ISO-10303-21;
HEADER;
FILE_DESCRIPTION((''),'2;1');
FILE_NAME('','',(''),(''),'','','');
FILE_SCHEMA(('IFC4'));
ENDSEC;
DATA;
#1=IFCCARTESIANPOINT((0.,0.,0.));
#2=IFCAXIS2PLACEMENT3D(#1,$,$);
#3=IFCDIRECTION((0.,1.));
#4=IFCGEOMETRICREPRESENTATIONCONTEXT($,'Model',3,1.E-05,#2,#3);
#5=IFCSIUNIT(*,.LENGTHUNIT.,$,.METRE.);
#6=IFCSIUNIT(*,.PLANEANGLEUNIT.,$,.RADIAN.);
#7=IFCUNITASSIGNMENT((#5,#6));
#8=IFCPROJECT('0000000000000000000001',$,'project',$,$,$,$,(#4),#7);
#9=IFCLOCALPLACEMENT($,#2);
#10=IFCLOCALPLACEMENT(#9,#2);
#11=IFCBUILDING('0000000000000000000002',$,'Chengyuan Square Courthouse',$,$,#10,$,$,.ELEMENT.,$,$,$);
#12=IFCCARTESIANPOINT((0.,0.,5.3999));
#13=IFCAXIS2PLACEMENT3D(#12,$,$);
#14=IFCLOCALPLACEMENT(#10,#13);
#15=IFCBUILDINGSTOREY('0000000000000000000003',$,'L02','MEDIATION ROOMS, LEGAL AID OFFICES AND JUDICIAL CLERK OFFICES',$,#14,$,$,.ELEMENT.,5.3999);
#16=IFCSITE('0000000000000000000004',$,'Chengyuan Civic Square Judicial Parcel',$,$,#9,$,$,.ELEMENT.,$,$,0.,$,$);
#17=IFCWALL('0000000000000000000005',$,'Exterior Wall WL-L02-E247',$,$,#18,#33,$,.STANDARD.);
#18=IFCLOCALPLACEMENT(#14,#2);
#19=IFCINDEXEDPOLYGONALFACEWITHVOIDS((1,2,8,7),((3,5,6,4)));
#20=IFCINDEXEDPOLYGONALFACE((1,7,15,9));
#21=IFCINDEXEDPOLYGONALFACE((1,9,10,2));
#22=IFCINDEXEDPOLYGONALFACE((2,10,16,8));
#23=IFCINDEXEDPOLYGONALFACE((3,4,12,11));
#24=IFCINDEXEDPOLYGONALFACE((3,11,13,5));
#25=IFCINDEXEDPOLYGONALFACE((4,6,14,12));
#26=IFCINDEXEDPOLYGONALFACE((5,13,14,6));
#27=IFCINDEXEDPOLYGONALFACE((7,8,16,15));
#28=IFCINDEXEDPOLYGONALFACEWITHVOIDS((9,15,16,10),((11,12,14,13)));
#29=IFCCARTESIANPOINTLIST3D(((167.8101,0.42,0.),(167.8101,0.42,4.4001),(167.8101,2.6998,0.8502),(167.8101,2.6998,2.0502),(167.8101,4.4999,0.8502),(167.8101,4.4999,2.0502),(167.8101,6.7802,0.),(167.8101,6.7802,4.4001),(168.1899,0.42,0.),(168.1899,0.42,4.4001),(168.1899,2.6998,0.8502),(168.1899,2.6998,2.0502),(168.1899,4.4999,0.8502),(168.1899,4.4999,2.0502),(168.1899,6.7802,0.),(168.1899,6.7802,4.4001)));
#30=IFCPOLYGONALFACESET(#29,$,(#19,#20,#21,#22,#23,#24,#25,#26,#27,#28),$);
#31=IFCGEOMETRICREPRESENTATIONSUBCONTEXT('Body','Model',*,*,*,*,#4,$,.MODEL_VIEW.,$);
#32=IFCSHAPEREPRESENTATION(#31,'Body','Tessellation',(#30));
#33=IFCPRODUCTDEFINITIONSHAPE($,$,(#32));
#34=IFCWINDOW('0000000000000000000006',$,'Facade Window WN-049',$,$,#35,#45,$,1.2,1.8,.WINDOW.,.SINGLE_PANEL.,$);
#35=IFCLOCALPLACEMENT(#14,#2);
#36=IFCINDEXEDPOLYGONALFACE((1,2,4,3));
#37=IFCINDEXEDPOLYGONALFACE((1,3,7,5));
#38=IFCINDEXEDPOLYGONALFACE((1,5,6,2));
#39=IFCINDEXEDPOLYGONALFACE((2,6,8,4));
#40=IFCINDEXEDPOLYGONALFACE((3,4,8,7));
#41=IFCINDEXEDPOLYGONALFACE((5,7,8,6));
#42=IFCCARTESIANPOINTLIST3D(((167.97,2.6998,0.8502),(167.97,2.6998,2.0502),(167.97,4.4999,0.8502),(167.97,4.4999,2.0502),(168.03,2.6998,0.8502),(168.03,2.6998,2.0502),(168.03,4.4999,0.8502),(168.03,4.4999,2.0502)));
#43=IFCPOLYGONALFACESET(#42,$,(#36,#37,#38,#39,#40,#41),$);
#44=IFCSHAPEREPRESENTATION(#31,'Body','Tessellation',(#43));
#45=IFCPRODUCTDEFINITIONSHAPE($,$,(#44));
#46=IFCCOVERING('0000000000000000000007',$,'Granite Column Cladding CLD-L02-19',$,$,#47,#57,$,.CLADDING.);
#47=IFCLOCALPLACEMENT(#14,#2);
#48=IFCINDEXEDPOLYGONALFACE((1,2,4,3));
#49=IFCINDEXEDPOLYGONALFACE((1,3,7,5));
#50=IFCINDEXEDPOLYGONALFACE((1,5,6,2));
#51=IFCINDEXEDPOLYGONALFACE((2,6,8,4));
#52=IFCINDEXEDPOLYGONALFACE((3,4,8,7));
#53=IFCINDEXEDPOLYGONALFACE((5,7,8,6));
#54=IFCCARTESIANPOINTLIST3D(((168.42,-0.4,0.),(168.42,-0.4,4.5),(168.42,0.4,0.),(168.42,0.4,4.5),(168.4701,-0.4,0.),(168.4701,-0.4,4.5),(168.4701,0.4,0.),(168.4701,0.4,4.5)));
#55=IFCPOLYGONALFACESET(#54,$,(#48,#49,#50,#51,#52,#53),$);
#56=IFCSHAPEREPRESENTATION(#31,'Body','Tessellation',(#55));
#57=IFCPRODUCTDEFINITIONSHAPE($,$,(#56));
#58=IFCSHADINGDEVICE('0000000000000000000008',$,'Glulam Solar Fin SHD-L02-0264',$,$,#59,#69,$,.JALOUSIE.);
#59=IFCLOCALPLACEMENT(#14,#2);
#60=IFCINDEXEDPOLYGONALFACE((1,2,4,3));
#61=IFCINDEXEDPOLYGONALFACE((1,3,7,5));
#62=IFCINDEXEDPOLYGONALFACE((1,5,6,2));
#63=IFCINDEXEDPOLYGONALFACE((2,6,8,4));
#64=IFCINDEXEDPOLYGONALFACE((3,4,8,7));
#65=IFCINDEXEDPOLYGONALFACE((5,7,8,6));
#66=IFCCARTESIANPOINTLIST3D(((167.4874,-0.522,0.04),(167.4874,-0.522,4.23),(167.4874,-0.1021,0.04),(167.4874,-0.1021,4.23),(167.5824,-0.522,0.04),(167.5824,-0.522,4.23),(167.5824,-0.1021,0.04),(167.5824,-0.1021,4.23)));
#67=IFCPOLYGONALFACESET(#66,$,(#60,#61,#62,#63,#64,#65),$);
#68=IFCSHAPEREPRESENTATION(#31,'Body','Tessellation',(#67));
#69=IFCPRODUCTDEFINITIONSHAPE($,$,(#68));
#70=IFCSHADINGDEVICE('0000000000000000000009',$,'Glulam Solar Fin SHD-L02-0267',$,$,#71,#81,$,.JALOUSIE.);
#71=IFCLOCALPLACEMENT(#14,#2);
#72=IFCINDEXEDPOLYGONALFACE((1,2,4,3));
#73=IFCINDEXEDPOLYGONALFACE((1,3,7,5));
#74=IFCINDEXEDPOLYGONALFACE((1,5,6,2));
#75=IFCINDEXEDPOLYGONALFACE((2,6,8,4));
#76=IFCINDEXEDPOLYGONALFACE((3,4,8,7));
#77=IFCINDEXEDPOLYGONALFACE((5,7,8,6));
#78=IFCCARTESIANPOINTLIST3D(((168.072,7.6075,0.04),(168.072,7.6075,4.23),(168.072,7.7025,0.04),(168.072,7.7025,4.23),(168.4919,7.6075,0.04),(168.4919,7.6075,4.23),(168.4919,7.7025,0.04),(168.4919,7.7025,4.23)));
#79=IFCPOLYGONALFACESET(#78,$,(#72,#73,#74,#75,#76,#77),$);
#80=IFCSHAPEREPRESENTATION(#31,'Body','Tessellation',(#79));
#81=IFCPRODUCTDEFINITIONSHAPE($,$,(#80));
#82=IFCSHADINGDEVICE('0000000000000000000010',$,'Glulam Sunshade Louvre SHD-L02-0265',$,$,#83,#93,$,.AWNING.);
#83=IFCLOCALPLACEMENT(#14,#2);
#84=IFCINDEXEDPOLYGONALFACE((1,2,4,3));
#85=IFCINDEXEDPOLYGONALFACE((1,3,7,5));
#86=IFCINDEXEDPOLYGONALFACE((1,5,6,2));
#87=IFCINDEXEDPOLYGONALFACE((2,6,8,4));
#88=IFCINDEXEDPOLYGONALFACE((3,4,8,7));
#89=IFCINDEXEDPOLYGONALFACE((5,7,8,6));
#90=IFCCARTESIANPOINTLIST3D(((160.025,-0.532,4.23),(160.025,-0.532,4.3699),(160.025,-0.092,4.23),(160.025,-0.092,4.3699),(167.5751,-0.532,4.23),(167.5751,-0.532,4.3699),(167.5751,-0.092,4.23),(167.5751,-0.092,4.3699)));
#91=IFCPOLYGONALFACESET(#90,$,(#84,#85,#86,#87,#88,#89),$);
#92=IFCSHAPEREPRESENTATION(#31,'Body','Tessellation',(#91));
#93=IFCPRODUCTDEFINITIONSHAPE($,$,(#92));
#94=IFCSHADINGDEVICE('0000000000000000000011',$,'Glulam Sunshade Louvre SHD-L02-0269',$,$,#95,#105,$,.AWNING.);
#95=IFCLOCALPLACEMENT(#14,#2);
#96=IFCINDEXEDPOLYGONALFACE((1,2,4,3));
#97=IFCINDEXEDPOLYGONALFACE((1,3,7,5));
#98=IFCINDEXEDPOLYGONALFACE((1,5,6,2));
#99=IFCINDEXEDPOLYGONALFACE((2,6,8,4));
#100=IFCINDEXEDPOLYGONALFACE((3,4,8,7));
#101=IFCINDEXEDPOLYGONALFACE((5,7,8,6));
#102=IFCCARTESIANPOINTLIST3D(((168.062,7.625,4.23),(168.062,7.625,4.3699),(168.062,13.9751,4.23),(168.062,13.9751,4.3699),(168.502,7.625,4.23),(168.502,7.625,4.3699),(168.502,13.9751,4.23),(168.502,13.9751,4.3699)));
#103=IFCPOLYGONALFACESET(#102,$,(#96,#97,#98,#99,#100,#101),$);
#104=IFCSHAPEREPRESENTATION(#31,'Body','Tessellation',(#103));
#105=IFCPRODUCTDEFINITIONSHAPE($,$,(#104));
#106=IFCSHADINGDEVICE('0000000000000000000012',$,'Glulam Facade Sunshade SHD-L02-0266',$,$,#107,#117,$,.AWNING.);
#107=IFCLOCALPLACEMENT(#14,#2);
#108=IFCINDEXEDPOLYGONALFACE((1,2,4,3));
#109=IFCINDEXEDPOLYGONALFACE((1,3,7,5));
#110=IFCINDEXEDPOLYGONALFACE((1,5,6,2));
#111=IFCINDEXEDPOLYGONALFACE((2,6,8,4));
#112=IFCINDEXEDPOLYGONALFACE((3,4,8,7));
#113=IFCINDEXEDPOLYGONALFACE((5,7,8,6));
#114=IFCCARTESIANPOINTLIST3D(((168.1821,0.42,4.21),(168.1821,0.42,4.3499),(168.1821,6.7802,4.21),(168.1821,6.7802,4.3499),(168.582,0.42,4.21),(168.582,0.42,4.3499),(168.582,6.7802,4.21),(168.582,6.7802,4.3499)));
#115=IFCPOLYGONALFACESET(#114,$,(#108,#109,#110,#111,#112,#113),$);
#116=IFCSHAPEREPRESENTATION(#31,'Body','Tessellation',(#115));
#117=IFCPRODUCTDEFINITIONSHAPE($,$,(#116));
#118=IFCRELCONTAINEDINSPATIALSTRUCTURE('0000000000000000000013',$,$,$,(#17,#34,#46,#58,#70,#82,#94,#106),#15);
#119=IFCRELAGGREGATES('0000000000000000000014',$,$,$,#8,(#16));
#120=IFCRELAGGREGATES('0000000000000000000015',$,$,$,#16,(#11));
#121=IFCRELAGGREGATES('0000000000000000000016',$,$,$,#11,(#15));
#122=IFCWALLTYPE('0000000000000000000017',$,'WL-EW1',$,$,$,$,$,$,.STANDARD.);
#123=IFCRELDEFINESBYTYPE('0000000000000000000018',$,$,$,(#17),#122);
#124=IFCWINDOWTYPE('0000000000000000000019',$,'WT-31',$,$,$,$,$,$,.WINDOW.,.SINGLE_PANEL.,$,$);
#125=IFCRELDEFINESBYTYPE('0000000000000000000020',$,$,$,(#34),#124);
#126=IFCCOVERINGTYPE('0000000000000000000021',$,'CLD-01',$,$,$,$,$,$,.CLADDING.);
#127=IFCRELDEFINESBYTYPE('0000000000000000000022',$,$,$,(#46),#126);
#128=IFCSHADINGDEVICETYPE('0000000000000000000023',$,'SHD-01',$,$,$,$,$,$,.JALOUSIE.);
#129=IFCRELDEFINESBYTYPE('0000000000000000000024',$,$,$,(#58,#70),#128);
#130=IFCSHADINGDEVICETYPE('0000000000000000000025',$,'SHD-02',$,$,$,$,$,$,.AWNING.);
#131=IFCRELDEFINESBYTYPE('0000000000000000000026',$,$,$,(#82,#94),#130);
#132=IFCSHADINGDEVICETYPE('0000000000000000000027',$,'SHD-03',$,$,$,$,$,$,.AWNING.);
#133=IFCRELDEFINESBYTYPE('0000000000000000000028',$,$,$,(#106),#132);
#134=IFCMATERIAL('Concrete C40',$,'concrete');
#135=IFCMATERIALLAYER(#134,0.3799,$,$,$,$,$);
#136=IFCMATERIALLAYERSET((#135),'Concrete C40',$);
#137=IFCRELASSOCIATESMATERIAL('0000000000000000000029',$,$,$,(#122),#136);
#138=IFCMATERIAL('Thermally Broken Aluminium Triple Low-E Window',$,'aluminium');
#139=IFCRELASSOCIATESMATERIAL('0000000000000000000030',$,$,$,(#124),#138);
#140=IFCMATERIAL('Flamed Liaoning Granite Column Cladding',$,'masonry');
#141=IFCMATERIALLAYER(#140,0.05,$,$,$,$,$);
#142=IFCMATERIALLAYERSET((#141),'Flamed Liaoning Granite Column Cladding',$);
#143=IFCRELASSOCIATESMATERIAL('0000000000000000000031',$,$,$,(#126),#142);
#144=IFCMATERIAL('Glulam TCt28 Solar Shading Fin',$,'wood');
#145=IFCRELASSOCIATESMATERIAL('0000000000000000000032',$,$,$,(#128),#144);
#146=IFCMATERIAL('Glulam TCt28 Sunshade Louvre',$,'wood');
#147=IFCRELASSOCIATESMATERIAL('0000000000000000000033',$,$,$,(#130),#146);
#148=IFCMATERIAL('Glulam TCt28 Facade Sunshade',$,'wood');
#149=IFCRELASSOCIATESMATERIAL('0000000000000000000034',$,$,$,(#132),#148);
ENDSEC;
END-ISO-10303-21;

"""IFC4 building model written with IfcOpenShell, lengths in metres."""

from ifc_helpers import new_model, si_unit, direction, frame, frame_2d, origin, origin_2d, place, context, subcontext, project, spatial, rectangle, extrude, material, layer, layer_set, type_object, element, fill, save


model = new_model("IFC4")

# Units and contexts
model_context = context("Model", 3, precision=1e-05, world=origin(), true_north=direction((0.0, 1.0)))
body_context = subcontext(model_context, "Body", "Model", "MODEL_VIEW")
ifc_project = project(units=[si_unit("LENGTHUNIT", "METRE"), si_unit("PLANEANGLEUNIT", "RADIAN")], contexts=[model_context])

# Site, building, storey
site_placement = place(None, origin())
site = spatial("IfcSite", under=ifc_project, at=site_placement, Name="Chengyuan Civic Square Judicial Parcel", CompositionType="ELEMENT", RefElevation=0.0)
building_placement = place(site_placement, origin())
building = spatial("IfcBuilding", under=site, at=building_placement, Name="Chengyuan Square Courthouse", CompositionType="ELEMENT")
storey_placement = place(building_placement, frame((0.0, 0.0, 5.3999)))
storey = spatial("IfcBuildingStorey", under=building, at=storey_placement, Name="L02", Description="MEDIATION ROOMS, LEGAL AID OFFICES AND JUDICIAL CLERK OFFICES", CompositionType="ELEMENT", Elevation=5.3999)

# Shared definitions
ifc_material_1 = material(Name="Concrete C40", Category="concrete")

# Wall, opening, window
ifc_layer_1 = layer(ifc_material_1, 0.3799)
ifc_layer_set_1 = layer_set([ifc_layer_1], Name="Concrete C40")
wall_type = type_object("IfcWallType", Name="WL-EW1", PredefinedType="STANDARD", material=ifc_layer_set_1)
wall_placement = place(storey_placement, frame((168.0, 0.4199, 0.0), z_axis=(0.0, 0.0, 1.0), x_axis=(0.0, 1.0, 0.0)))
wall = element("IfcWall", 1, at=wall_placement, inside=storey, type_object=wall_type, Name="Exterior Wall WL-L02-E247", PredefinedType="STANDARD", context=body_context, shape_type="SweptSolid", body=[
    extrude(rectangle(XDim=6.3601, YDim=0.3799, at=frame_2d((3.1802, 0.0))), origin(), (0.0, 0.0, 1.0), 4.4001),
])
opening_placement = place(wall_placement, frame((2.28, 0.0, 0.8501)))
opening = element("IfcOpeningElement", 2, at=opening_placement, cuts=wall, PredefinedType="OPENING", context=body_context, shape_type="SweptSolid", body=[
    extrude(rectangle(XDim=1.8, YDim=1.2, at=frame_2d((0.8999, 0.6001))), frame((0.0, 0.2019, 0.0), z_axis=(0.0, -1.0, 0.0), x_axis=(1.0, 0.0, 0.0)), (0.0, 0.0, 1.0), 0.4038),
])
ifc_material_2 = material(Name="Thermally Broken Aluminium Triple Low-E Window", Category="aluminium")
window_type = type_object("IfcWindowType", Name="WT-31", PartitioningType="SINGLE_PANEL", PredefinedType="WINDOW", material=ifc_material_2)
window_placement = place(opening_placement, origin())
window = element("IfcWindow", 3, at=window_placement, inside=storey, type_object=window_type, Name="Facade Window WN-049", OverallHeight=1.2, OverallWidth=1.8, PartitioningType="SINGLE_PANEL", PredefinedType="WINDOW", context=body_context, shape_type="SweptSolid", body=[
    extrude(rectangle(XDim=1.8, YDim=1.2, at=frame_2d((0.8999, 0.6001))), frame((0.0, 0.03, 0.0), z_axis=(0.0, -1.0, 0.0), x_axis=(1.0, 0.0, 0.0)), (0.0, 0.0, 1.0), 0.0601),
])
fill(opening, window)

# Covering
ifc_material_3 = material(Name="Flamed Liaoning Granite Column Cladding", Category="masonry")
ifc_layer_2 = layer(ifc_material_3, 0.05)
ifc_layer_set_2 = layer_set([ifc_layer_2], Name="Flamed Liaoning Granite Column Cladding")
covering_type = type_object("IfcCoveringType", Name="CLD-01", PredefinedType="CLADDING", material=ifc_layer_set_2)
covering_placement = place(storey_placement, frame((168.4451, 0.0, 0.0), z_axis=(0.0, 0.0, 1.0), x_axis=(1.0, 0.0, 0.0)))
element("IfcCovering", 4, at=covering_placement, inside=storey, type_object=covering_type, Name="Granite Column Cladding CLD-L02-19", PredefinedType="CLADDING", context=body_context, shape_type="SweptSolid", body=[
    extrude(rectangle(XDim=0.05, YDim=0.8, at=origin_2d()), origin(), (0.0, 0.0, 1.0), 4.5),
])

# Shading devices
ifc_material_4 = material(Name="Glulam TCt28 Solar Shading Fin", Category="wood")
shading_device_type_1 = type_object("IfcShadingDeviceType", Name="SHD-01", PredefinedType="JALOUSIE", material=ifc_material_4)
for number, where, z_axis, x_axis, name in (
    (5, (167.5349, -0.312, 0.04), (0.0, 0.0, 1.0), (0.0, 1.0, 0.0), "Glulam Solar Fin SHD-L02-0264"),
    (6, (168.282, 7.655, 0.04), (0.0, 0.0, 1.0), (1.0, 0.0, 0.0), "Glulam Solar Fin SHD-L02-0267"),
):
    element("IfcShadingDevice", number, at=place(storey_placement, frame(where, z_axis=z_axis, x_axis=x_axis)), inside=storey, type_object=shading_device_type_1, Name=name, PredefinedType="JALOUSIE", context=body_context, shape_type="SweptSolid", body=[
        extrude(rectangle(XDim=0.4199, YDim=0.095, at=origin_2d()), origin(), (0.0, 0.0, 1.0), 4.1899),
    ])
ifc_material_5 = material(Name="Glulam TCt28 Sunshade Louvre", Category="wood")
shading_device_type_2 = type_object("IfcShadingDeviceType", Name="SHD-02", PredefinedType="AWNING", material=ifc_material_5)
shading_device_1_placement = place(storey_placement, frame((163.8, -0.312, 4.23), z_axis=(0.0, 0.0, 1.0), x_axis=(1.0, 0.0, 0.0)))
element("IfcShadingDevice", 7, at=shading_device_1_placement, inside=storey, type_object=shading_device_type_2, Name="Glulam Sunshade Louvre SHD-L02-0265", PredefinedType="AWNING", context=body_context, shape_type="SweptSolid", body=[
    extrude(rectangle(XDim=7.55, YDim=0.4399, at=origin_2d()), origin(), (0.0, 0.0, 1.0), 0.1399),
])
shading_device_2_placement = place(storey_placement, frame((168.282, 10.8, 4.23), z_axis=(0.0, 0.0, 1.0), x_axis=(0.0, 1.0, 0.0)))
element("IfcShadingDevice", 8, at=shading_device_2_placement, inside=storey, type_object=shading_device_type_2, Name="Glulam Sunshade Louvre SHD-L02-0269", PredefinedType="AWNING", context=body_context, shape_type="SweptSolid", body=[
    extrude(rectangle(XDim=6.3501, YDim=0.4399, at=origin_2d()), origin(), (0.0, 0.0, 1.0), 0.1399),
])
ifc_material_6 = material(Name="Glulam TCt28 Facade Sunshade", Category="wood")
shading_device_type_3 = type_object("IfcShadingDeviceType", Name="SHD-03", PredefinedType="AWNING", material=ifc_material_6)
shading_device_3_placement = place(storey_placement, frame((168.3821, 3.6001, 4.21), z_axis=(0.0, 0.0, 1.0), x_axis=(0.0, 1.0, 0.0)))
element("IfcShadingDevice", 9, at=shading_device_3_placement, inside=storey, type_object=shading_device_type_3, Name="Glulam Facade Sunshade SHD-L02-0266", PredefinedType="AWNING", context=body_context, shape_type="SweptSolid", body=[
    extrude(rectangle(XDim=6.3601, YDim=0.3999, at=origin_2d()), origin(), (0.0, 0.0, 1.0), 0.1399),
])

save(model, "model.ifc")
